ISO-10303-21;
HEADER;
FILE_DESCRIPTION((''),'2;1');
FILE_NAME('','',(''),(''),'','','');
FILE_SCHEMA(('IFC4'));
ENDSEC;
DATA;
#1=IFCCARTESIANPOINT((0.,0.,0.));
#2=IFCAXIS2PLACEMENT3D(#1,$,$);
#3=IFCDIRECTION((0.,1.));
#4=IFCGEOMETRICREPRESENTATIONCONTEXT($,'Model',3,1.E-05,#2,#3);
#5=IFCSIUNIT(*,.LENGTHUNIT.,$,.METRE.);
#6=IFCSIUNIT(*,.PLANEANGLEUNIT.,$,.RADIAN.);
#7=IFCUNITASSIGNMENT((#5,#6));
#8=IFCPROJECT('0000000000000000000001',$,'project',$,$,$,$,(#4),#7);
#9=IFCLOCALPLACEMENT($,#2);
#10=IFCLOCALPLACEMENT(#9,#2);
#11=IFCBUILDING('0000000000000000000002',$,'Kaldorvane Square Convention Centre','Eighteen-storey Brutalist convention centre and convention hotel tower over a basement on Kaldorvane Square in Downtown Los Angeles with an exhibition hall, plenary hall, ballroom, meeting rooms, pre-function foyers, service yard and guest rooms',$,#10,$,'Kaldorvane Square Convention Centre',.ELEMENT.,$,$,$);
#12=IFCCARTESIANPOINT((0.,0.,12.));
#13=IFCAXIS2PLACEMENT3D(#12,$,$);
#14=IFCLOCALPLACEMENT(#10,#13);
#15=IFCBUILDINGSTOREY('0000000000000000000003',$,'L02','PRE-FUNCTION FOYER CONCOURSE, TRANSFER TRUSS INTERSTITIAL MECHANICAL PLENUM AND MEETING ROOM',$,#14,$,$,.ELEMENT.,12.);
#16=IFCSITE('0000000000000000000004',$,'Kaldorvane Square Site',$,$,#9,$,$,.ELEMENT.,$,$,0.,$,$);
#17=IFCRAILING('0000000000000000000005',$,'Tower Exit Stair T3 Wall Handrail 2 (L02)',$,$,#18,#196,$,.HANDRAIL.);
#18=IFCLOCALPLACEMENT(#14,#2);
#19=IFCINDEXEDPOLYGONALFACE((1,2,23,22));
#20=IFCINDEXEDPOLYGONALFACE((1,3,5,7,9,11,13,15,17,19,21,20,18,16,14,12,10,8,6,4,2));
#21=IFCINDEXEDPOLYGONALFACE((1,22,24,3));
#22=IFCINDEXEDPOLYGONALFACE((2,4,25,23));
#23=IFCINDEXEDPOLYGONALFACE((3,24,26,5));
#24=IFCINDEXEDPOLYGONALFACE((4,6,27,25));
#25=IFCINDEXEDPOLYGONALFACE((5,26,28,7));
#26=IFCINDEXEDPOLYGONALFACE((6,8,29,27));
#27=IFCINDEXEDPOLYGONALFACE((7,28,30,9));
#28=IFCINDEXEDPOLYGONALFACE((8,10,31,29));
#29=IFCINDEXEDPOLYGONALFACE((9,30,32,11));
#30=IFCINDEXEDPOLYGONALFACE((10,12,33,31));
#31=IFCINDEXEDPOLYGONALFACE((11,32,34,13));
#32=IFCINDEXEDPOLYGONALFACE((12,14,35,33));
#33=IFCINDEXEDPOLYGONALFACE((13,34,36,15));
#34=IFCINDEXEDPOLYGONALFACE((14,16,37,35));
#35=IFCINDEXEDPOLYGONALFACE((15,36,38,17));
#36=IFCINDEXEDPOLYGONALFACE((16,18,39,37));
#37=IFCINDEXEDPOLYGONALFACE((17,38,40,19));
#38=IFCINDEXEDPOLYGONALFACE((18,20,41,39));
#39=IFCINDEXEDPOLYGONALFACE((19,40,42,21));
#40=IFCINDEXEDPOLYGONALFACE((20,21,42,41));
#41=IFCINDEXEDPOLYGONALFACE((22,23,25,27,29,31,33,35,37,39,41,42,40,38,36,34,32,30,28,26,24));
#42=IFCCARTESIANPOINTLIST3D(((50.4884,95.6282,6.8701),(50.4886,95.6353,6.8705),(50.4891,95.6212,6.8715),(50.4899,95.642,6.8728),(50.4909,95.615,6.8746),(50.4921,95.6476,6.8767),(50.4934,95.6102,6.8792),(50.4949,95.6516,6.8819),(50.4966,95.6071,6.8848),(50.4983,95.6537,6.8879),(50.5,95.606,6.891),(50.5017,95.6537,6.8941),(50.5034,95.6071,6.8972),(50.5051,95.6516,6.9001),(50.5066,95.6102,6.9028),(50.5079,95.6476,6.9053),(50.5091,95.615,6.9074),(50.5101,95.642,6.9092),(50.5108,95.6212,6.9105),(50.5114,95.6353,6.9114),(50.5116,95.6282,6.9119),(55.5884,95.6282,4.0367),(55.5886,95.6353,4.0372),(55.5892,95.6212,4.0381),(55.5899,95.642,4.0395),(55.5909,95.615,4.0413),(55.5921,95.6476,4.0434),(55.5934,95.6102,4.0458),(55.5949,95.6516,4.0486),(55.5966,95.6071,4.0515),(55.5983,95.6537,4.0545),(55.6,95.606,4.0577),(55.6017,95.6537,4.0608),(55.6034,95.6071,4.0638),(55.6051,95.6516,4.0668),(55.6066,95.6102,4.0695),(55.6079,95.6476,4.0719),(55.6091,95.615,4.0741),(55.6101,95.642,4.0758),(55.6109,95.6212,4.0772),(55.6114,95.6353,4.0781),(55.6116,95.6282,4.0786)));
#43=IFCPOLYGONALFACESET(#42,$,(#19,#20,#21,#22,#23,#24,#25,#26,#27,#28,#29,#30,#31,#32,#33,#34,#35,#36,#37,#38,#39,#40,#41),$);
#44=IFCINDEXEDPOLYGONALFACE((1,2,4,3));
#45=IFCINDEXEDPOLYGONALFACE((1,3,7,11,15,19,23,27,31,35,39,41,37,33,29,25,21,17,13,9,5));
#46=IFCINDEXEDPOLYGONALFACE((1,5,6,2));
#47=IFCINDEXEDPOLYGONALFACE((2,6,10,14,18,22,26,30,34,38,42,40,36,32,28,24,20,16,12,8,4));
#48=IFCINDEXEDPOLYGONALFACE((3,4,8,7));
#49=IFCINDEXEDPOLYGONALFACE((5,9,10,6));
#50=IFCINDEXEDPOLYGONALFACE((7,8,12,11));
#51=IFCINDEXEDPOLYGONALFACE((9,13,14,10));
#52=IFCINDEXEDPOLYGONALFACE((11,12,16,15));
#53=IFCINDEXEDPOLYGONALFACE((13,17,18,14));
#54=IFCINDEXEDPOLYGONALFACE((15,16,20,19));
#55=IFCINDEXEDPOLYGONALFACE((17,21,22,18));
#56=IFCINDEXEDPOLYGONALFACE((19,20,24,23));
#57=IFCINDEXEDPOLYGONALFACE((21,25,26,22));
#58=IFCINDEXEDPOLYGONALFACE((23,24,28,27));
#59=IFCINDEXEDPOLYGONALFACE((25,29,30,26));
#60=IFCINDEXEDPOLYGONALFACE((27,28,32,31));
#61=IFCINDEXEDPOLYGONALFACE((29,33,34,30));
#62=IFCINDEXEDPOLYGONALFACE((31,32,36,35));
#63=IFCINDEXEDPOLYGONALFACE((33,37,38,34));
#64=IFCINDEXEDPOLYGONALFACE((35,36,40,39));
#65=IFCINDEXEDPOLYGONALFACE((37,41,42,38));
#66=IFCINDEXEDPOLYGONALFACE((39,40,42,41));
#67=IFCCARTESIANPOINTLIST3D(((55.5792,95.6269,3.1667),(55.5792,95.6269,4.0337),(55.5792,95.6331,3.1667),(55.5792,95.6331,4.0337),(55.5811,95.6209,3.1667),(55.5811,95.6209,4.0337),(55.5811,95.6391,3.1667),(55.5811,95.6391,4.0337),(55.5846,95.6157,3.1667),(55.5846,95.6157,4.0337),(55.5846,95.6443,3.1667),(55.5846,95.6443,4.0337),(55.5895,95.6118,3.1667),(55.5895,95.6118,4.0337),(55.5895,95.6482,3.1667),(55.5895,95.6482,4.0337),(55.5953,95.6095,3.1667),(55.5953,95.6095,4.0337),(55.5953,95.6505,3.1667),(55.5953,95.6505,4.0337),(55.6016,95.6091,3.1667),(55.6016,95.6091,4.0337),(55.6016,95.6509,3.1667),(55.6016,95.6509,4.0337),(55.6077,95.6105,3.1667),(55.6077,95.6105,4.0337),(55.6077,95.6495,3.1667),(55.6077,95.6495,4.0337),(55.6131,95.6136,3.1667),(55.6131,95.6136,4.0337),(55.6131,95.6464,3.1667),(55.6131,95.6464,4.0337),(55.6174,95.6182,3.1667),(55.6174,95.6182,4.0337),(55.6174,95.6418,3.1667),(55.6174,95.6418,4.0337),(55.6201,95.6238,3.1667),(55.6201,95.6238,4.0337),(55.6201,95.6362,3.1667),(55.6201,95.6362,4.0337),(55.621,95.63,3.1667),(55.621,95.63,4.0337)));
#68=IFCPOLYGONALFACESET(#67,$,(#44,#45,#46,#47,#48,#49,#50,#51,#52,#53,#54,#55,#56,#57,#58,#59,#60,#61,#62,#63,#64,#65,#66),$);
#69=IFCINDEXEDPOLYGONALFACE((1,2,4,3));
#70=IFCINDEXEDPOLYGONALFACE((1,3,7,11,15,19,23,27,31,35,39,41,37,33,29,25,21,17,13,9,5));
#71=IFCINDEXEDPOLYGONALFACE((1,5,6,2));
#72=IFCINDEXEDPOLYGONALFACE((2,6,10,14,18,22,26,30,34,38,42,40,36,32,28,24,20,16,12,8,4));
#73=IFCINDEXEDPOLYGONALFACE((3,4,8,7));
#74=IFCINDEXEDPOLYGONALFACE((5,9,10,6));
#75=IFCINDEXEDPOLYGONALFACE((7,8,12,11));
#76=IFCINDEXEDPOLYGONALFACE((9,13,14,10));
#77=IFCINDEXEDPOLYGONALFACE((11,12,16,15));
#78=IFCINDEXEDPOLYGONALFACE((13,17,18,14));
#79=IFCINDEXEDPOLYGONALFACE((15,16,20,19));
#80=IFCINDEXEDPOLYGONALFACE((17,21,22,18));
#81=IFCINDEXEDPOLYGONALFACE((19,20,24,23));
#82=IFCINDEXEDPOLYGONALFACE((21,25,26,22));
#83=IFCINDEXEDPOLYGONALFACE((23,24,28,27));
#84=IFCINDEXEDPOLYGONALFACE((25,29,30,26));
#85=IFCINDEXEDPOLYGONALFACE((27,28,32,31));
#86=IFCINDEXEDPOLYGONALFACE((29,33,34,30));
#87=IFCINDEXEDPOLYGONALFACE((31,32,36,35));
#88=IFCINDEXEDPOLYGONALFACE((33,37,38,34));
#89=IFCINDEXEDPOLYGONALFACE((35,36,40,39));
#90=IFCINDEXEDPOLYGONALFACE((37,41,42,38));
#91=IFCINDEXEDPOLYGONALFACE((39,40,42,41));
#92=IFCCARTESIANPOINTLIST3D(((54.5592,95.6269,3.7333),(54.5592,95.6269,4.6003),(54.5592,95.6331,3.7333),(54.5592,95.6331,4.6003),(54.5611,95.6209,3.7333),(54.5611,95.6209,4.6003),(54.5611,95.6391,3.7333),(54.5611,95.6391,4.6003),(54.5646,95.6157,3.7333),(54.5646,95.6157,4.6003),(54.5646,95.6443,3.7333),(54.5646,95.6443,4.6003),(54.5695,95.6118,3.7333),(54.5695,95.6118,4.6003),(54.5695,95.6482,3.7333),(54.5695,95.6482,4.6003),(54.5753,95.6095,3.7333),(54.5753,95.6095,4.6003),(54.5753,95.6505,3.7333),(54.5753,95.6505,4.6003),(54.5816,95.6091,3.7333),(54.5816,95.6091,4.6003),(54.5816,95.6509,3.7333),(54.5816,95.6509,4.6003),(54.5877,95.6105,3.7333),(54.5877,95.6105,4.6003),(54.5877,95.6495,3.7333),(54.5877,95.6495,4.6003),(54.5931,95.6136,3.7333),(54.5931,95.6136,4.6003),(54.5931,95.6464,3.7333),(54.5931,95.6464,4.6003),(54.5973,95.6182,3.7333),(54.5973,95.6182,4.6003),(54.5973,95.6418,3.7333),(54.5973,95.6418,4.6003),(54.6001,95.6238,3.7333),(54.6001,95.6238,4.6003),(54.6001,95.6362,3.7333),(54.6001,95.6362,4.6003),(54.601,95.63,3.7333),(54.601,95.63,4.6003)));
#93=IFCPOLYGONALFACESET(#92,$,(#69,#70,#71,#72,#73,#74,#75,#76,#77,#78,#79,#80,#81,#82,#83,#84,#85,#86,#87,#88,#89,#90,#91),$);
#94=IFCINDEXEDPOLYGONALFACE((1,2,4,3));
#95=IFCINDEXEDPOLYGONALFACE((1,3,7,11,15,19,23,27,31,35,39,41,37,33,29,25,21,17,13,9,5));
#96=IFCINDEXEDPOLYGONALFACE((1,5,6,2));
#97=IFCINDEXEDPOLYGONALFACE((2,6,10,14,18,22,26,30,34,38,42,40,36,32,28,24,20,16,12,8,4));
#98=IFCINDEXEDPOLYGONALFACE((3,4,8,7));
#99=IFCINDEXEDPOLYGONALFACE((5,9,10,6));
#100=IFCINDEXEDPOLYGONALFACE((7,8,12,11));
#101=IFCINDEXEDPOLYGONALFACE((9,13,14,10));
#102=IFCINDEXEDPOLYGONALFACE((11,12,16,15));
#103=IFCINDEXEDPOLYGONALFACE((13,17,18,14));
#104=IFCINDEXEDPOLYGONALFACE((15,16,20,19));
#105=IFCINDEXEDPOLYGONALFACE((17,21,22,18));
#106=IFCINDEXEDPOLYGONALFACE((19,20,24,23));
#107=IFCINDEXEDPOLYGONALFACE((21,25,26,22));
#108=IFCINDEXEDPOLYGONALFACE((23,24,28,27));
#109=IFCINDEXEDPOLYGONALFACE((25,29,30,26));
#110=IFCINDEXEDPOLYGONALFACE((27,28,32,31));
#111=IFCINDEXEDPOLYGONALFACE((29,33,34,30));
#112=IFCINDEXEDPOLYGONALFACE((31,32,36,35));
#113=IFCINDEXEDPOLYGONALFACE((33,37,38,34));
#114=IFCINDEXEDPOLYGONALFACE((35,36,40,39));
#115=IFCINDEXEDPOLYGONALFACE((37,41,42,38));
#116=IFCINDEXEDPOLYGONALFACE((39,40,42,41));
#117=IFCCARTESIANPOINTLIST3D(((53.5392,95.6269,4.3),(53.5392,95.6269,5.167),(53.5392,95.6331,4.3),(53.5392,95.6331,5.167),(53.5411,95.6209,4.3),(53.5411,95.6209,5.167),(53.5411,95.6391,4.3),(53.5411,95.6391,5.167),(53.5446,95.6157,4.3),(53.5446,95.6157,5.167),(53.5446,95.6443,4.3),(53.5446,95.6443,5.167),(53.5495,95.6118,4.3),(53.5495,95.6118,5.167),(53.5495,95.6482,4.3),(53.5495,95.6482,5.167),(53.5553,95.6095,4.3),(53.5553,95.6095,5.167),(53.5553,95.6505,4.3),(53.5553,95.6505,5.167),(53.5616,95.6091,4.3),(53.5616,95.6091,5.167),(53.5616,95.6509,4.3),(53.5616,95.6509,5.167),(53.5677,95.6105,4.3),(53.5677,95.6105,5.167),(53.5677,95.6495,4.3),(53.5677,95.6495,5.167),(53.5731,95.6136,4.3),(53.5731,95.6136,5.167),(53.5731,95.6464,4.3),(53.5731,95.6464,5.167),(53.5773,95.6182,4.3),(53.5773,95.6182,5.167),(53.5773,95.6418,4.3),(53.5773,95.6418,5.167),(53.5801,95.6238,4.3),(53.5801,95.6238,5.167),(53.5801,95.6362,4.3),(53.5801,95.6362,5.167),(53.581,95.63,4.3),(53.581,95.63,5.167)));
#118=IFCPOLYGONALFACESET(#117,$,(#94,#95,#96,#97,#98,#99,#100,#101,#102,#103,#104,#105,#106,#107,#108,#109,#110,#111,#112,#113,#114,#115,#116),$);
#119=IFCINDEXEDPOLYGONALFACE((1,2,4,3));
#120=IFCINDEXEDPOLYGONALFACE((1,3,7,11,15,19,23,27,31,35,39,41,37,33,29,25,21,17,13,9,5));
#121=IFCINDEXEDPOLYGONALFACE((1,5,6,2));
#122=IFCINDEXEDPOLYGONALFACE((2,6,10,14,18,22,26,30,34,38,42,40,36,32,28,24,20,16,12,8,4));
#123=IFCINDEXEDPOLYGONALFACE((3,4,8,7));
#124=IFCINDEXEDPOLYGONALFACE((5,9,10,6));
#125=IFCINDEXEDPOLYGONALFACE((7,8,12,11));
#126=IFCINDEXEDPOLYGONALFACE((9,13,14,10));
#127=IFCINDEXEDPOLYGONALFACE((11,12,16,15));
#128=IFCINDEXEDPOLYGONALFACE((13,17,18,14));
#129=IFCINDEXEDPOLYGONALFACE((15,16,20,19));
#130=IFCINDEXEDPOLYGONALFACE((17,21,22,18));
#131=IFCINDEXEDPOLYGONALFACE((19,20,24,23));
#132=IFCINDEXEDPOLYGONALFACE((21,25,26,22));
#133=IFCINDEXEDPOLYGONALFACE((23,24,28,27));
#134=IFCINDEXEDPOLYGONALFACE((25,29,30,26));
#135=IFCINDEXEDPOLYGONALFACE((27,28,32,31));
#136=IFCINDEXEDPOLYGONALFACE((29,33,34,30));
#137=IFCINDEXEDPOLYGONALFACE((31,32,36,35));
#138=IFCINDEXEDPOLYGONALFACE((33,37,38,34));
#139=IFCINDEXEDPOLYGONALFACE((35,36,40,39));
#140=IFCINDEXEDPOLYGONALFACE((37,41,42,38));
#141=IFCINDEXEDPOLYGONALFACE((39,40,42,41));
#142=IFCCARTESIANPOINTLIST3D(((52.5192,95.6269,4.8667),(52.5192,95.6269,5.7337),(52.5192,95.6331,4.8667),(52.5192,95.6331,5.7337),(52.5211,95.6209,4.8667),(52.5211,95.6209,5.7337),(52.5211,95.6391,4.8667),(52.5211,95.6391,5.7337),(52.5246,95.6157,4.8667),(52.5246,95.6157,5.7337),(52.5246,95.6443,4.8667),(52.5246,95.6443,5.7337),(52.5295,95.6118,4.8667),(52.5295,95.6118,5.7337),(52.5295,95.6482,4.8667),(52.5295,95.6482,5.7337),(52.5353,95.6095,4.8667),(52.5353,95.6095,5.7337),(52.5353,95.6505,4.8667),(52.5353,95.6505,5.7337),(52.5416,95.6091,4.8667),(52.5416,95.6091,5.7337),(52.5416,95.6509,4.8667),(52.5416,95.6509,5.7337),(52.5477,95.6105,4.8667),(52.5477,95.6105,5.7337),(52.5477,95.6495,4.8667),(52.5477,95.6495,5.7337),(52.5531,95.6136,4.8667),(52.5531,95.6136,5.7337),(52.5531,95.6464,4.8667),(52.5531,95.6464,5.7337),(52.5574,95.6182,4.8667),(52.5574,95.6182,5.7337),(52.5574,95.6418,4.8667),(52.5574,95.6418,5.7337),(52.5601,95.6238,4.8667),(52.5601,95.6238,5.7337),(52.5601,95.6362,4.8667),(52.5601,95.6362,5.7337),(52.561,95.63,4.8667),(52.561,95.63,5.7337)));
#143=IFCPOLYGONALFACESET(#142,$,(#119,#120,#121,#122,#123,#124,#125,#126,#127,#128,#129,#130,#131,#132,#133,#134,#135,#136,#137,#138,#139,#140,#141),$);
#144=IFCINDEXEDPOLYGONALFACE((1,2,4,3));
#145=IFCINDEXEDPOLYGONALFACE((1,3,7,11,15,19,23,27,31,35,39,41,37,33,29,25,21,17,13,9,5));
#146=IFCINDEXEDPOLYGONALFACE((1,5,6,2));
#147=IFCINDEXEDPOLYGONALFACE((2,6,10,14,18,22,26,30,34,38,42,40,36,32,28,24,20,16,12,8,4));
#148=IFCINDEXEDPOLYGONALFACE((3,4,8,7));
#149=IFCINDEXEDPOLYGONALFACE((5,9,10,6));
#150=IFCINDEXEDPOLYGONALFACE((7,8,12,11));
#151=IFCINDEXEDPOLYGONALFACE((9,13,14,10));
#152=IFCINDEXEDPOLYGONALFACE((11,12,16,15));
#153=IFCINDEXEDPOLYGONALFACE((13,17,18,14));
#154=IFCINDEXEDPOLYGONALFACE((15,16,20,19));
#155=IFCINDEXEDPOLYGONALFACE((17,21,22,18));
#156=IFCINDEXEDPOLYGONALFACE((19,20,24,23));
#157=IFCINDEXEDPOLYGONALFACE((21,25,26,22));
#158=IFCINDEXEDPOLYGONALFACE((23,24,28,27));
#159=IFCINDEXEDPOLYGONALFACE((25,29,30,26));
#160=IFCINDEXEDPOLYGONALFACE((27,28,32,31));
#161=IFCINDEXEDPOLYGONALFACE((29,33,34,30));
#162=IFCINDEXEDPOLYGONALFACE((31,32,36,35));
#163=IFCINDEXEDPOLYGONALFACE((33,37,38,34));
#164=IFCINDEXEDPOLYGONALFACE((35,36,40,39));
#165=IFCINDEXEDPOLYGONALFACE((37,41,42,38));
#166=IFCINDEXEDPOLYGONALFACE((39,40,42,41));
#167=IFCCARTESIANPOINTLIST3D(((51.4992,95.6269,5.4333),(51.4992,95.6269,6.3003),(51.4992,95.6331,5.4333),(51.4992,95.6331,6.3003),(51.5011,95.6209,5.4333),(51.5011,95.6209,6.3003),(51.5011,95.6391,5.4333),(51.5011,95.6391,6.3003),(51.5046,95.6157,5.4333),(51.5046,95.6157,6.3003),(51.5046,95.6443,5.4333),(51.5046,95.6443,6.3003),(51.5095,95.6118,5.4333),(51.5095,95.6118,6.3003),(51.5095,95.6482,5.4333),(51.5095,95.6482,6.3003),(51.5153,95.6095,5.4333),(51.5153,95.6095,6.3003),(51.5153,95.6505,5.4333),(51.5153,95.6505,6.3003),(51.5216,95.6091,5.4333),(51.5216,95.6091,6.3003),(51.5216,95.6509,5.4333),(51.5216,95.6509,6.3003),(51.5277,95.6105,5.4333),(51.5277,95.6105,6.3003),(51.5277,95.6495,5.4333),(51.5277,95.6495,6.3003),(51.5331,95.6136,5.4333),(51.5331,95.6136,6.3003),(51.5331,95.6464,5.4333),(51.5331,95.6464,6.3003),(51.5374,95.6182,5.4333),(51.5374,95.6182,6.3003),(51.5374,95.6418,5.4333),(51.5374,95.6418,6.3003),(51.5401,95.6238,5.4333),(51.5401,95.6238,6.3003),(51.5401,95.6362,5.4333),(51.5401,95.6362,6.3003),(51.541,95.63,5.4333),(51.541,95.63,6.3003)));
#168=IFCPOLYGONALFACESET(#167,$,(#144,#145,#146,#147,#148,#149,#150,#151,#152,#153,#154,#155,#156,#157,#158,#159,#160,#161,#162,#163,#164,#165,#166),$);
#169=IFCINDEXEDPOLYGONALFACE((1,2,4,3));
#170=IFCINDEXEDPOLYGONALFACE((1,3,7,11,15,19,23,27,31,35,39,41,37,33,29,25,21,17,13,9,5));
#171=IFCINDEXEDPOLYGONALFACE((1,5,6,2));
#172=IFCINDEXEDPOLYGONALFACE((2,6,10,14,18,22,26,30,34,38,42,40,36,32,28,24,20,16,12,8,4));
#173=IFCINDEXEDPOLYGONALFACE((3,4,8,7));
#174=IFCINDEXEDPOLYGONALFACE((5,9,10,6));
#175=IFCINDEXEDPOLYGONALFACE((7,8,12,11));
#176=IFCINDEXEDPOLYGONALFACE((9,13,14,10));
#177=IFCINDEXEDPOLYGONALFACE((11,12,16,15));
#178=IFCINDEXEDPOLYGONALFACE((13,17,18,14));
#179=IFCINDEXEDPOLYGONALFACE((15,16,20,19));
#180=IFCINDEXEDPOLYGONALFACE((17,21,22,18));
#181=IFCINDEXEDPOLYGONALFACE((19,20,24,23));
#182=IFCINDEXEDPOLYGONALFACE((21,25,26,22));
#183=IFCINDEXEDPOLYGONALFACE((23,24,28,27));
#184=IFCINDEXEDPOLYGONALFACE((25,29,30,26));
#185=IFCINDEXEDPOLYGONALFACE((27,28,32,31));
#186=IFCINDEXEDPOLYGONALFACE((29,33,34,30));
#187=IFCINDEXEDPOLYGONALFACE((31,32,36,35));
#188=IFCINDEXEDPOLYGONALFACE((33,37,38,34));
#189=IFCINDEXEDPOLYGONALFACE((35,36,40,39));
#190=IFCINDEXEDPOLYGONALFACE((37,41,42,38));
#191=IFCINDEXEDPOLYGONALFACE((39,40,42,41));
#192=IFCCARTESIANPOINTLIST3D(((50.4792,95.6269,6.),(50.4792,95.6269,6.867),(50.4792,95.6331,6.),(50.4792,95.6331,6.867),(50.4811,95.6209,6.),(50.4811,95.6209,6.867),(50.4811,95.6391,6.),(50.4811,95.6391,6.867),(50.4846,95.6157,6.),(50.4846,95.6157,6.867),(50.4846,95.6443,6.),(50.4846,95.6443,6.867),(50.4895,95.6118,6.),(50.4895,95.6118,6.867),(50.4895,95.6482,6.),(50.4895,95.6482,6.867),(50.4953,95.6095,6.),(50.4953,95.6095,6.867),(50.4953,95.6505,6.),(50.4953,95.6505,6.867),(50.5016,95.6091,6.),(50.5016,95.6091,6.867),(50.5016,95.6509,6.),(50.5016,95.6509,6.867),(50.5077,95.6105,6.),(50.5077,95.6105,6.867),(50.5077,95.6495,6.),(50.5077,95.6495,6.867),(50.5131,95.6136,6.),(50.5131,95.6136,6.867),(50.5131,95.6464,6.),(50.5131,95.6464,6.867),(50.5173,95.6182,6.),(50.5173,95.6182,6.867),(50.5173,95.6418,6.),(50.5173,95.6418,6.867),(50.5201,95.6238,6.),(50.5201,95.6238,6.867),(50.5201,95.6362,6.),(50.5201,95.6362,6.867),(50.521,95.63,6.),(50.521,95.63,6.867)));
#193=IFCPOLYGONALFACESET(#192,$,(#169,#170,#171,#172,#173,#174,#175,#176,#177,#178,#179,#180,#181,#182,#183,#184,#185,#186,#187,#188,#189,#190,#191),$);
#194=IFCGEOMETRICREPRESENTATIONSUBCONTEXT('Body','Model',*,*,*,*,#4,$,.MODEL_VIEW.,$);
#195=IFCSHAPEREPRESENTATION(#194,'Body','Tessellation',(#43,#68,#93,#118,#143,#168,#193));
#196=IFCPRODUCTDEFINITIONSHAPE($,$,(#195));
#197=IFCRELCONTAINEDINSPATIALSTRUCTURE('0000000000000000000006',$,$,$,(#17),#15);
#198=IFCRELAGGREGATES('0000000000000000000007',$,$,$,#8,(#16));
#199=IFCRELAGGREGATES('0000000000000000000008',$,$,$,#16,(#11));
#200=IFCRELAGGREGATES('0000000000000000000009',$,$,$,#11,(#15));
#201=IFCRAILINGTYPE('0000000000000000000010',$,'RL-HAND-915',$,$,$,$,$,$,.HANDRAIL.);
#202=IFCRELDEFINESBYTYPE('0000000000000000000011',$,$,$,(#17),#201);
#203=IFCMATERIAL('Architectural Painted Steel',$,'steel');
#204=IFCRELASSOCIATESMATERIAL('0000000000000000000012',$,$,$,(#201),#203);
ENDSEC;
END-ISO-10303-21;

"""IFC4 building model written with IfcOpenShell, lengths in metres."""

from ifc_helpers import new_model, si_unit, direction, frame, origin, origin_2d, place, context, subcontext, project, spatial, circle, extrude, material, type_object, element, save


model = new_model("IFC4")

# Units and contexts
model_context = context("Model", 3, precision=1e-05, world=origin(), true_north=direction((0.0, 1.0)))
body_context = subcontext(model_context, "Body", "Model", "MODEL_VIEW")
ifc_project = project(units=[si_unit("LENGTHUNIT", "METRE"), si_unit("PLANEANGLEUNIT", "RADIAN")], contexts=[model_context])

# Site, building, storey
site_placement = place(None, origin())
site = spatial("IfcSite", under=ifc_project, at=site_placement, Name="Kaldorvane Square Site", CompositionType="ELEMENT", RefElevation=0.0)
building_placement = place(site_placement, origin())
building = spatial("IfcBuilding", under=site, at=building_placement, Name="Kaldorvane Square Convention Centre", Description="Eighteen-storey Brutalist convention centre and convention hotel tower over a basement on Kaldorvane Square in Downtown Los Angeles with an exhibition hall, plenary hall, ballroom, meeting rooms, pre-function foyers, service yard and guest rooms", LongName="Kaldorvane Square Convention Centre", CompositionType="ELEMENT")
storey_placement = place(building_placement, frame((0.0, 0.0, 12.0)))
storey = spatial("IfcBuildingStorey", under=building, at=storey_placement, Name="L02", Description="PRE-FUNCTION FOYER CONCOURSE, TRANSFER TRUSS INTERSTITIAL MECHANICAL PLENUM AND MEETING ROOM", CompositionType="ELEMENT", Elevation=12.0)

# Railing
ifc_material_1 = material(Name="Architectural Painted Steel", Category="steel")
railing_type_1 = type_object("IfcRailingType", Name="RL-HAND-915", PredefinedType="HANDRAIL", material=ifc_material_1)
railing_1_placement = place(storey_placement, frame((55.6, 95.63, 3.1667)))
element("IfcRailing", 1, at=railing_1_placement, inside=storey, type_object=railing_type_1, Name="Tower Exit Stair T3 Wall Handrail 2 (L02)", PredefinedType="HANDRAIL", context=body_context, shape_type="SweptSolid", body=[
    extrude(circle(Radius=0.024, at=origin_2d()), frame((0.0, 0.0, 0.891), z_axis=(-0.874158, 0.0, 0.485642), x_axis=(0.0, -1.0, 0.0)), (0.0, 0.0, 1.0), 5.8342),
    extrude(circle(Radius=0.021, at=origin_2d()), origin(), (0.0, 0.0, 1.0), 0.867),
    extrude(circle(Radius=0.021, at=origin_2d()), frame((-1.02, 0.0, 0.5667)), (0.0, 0.0, 1.0), 0.867),
    extrude(circle(Radius=0.021, at=origin_2d()), frame((-2.04, 0.0, 1.1333)), (0.0, 0.0, 1.0), 0.867),
    extrude(circle(Radius=0.021, at=origin_2d()), frame((-3.06, 0.0, 1.7)), (0.0, 0.0, 1.0), 0.867),
    extrude(circle(Radius=0.021, at=origin_2d()), frame((-4.08, 0.0, 2.2667)), (0.0, 0.0, 1.0), 0.867),
    extrude(circle(Radius=0.021, at=origin_2d()), frame((-5.1, 0.0, 2.8333)), (0.0, 0.0, 1.0), 0.867),
])

save(model, "model.ifc")
